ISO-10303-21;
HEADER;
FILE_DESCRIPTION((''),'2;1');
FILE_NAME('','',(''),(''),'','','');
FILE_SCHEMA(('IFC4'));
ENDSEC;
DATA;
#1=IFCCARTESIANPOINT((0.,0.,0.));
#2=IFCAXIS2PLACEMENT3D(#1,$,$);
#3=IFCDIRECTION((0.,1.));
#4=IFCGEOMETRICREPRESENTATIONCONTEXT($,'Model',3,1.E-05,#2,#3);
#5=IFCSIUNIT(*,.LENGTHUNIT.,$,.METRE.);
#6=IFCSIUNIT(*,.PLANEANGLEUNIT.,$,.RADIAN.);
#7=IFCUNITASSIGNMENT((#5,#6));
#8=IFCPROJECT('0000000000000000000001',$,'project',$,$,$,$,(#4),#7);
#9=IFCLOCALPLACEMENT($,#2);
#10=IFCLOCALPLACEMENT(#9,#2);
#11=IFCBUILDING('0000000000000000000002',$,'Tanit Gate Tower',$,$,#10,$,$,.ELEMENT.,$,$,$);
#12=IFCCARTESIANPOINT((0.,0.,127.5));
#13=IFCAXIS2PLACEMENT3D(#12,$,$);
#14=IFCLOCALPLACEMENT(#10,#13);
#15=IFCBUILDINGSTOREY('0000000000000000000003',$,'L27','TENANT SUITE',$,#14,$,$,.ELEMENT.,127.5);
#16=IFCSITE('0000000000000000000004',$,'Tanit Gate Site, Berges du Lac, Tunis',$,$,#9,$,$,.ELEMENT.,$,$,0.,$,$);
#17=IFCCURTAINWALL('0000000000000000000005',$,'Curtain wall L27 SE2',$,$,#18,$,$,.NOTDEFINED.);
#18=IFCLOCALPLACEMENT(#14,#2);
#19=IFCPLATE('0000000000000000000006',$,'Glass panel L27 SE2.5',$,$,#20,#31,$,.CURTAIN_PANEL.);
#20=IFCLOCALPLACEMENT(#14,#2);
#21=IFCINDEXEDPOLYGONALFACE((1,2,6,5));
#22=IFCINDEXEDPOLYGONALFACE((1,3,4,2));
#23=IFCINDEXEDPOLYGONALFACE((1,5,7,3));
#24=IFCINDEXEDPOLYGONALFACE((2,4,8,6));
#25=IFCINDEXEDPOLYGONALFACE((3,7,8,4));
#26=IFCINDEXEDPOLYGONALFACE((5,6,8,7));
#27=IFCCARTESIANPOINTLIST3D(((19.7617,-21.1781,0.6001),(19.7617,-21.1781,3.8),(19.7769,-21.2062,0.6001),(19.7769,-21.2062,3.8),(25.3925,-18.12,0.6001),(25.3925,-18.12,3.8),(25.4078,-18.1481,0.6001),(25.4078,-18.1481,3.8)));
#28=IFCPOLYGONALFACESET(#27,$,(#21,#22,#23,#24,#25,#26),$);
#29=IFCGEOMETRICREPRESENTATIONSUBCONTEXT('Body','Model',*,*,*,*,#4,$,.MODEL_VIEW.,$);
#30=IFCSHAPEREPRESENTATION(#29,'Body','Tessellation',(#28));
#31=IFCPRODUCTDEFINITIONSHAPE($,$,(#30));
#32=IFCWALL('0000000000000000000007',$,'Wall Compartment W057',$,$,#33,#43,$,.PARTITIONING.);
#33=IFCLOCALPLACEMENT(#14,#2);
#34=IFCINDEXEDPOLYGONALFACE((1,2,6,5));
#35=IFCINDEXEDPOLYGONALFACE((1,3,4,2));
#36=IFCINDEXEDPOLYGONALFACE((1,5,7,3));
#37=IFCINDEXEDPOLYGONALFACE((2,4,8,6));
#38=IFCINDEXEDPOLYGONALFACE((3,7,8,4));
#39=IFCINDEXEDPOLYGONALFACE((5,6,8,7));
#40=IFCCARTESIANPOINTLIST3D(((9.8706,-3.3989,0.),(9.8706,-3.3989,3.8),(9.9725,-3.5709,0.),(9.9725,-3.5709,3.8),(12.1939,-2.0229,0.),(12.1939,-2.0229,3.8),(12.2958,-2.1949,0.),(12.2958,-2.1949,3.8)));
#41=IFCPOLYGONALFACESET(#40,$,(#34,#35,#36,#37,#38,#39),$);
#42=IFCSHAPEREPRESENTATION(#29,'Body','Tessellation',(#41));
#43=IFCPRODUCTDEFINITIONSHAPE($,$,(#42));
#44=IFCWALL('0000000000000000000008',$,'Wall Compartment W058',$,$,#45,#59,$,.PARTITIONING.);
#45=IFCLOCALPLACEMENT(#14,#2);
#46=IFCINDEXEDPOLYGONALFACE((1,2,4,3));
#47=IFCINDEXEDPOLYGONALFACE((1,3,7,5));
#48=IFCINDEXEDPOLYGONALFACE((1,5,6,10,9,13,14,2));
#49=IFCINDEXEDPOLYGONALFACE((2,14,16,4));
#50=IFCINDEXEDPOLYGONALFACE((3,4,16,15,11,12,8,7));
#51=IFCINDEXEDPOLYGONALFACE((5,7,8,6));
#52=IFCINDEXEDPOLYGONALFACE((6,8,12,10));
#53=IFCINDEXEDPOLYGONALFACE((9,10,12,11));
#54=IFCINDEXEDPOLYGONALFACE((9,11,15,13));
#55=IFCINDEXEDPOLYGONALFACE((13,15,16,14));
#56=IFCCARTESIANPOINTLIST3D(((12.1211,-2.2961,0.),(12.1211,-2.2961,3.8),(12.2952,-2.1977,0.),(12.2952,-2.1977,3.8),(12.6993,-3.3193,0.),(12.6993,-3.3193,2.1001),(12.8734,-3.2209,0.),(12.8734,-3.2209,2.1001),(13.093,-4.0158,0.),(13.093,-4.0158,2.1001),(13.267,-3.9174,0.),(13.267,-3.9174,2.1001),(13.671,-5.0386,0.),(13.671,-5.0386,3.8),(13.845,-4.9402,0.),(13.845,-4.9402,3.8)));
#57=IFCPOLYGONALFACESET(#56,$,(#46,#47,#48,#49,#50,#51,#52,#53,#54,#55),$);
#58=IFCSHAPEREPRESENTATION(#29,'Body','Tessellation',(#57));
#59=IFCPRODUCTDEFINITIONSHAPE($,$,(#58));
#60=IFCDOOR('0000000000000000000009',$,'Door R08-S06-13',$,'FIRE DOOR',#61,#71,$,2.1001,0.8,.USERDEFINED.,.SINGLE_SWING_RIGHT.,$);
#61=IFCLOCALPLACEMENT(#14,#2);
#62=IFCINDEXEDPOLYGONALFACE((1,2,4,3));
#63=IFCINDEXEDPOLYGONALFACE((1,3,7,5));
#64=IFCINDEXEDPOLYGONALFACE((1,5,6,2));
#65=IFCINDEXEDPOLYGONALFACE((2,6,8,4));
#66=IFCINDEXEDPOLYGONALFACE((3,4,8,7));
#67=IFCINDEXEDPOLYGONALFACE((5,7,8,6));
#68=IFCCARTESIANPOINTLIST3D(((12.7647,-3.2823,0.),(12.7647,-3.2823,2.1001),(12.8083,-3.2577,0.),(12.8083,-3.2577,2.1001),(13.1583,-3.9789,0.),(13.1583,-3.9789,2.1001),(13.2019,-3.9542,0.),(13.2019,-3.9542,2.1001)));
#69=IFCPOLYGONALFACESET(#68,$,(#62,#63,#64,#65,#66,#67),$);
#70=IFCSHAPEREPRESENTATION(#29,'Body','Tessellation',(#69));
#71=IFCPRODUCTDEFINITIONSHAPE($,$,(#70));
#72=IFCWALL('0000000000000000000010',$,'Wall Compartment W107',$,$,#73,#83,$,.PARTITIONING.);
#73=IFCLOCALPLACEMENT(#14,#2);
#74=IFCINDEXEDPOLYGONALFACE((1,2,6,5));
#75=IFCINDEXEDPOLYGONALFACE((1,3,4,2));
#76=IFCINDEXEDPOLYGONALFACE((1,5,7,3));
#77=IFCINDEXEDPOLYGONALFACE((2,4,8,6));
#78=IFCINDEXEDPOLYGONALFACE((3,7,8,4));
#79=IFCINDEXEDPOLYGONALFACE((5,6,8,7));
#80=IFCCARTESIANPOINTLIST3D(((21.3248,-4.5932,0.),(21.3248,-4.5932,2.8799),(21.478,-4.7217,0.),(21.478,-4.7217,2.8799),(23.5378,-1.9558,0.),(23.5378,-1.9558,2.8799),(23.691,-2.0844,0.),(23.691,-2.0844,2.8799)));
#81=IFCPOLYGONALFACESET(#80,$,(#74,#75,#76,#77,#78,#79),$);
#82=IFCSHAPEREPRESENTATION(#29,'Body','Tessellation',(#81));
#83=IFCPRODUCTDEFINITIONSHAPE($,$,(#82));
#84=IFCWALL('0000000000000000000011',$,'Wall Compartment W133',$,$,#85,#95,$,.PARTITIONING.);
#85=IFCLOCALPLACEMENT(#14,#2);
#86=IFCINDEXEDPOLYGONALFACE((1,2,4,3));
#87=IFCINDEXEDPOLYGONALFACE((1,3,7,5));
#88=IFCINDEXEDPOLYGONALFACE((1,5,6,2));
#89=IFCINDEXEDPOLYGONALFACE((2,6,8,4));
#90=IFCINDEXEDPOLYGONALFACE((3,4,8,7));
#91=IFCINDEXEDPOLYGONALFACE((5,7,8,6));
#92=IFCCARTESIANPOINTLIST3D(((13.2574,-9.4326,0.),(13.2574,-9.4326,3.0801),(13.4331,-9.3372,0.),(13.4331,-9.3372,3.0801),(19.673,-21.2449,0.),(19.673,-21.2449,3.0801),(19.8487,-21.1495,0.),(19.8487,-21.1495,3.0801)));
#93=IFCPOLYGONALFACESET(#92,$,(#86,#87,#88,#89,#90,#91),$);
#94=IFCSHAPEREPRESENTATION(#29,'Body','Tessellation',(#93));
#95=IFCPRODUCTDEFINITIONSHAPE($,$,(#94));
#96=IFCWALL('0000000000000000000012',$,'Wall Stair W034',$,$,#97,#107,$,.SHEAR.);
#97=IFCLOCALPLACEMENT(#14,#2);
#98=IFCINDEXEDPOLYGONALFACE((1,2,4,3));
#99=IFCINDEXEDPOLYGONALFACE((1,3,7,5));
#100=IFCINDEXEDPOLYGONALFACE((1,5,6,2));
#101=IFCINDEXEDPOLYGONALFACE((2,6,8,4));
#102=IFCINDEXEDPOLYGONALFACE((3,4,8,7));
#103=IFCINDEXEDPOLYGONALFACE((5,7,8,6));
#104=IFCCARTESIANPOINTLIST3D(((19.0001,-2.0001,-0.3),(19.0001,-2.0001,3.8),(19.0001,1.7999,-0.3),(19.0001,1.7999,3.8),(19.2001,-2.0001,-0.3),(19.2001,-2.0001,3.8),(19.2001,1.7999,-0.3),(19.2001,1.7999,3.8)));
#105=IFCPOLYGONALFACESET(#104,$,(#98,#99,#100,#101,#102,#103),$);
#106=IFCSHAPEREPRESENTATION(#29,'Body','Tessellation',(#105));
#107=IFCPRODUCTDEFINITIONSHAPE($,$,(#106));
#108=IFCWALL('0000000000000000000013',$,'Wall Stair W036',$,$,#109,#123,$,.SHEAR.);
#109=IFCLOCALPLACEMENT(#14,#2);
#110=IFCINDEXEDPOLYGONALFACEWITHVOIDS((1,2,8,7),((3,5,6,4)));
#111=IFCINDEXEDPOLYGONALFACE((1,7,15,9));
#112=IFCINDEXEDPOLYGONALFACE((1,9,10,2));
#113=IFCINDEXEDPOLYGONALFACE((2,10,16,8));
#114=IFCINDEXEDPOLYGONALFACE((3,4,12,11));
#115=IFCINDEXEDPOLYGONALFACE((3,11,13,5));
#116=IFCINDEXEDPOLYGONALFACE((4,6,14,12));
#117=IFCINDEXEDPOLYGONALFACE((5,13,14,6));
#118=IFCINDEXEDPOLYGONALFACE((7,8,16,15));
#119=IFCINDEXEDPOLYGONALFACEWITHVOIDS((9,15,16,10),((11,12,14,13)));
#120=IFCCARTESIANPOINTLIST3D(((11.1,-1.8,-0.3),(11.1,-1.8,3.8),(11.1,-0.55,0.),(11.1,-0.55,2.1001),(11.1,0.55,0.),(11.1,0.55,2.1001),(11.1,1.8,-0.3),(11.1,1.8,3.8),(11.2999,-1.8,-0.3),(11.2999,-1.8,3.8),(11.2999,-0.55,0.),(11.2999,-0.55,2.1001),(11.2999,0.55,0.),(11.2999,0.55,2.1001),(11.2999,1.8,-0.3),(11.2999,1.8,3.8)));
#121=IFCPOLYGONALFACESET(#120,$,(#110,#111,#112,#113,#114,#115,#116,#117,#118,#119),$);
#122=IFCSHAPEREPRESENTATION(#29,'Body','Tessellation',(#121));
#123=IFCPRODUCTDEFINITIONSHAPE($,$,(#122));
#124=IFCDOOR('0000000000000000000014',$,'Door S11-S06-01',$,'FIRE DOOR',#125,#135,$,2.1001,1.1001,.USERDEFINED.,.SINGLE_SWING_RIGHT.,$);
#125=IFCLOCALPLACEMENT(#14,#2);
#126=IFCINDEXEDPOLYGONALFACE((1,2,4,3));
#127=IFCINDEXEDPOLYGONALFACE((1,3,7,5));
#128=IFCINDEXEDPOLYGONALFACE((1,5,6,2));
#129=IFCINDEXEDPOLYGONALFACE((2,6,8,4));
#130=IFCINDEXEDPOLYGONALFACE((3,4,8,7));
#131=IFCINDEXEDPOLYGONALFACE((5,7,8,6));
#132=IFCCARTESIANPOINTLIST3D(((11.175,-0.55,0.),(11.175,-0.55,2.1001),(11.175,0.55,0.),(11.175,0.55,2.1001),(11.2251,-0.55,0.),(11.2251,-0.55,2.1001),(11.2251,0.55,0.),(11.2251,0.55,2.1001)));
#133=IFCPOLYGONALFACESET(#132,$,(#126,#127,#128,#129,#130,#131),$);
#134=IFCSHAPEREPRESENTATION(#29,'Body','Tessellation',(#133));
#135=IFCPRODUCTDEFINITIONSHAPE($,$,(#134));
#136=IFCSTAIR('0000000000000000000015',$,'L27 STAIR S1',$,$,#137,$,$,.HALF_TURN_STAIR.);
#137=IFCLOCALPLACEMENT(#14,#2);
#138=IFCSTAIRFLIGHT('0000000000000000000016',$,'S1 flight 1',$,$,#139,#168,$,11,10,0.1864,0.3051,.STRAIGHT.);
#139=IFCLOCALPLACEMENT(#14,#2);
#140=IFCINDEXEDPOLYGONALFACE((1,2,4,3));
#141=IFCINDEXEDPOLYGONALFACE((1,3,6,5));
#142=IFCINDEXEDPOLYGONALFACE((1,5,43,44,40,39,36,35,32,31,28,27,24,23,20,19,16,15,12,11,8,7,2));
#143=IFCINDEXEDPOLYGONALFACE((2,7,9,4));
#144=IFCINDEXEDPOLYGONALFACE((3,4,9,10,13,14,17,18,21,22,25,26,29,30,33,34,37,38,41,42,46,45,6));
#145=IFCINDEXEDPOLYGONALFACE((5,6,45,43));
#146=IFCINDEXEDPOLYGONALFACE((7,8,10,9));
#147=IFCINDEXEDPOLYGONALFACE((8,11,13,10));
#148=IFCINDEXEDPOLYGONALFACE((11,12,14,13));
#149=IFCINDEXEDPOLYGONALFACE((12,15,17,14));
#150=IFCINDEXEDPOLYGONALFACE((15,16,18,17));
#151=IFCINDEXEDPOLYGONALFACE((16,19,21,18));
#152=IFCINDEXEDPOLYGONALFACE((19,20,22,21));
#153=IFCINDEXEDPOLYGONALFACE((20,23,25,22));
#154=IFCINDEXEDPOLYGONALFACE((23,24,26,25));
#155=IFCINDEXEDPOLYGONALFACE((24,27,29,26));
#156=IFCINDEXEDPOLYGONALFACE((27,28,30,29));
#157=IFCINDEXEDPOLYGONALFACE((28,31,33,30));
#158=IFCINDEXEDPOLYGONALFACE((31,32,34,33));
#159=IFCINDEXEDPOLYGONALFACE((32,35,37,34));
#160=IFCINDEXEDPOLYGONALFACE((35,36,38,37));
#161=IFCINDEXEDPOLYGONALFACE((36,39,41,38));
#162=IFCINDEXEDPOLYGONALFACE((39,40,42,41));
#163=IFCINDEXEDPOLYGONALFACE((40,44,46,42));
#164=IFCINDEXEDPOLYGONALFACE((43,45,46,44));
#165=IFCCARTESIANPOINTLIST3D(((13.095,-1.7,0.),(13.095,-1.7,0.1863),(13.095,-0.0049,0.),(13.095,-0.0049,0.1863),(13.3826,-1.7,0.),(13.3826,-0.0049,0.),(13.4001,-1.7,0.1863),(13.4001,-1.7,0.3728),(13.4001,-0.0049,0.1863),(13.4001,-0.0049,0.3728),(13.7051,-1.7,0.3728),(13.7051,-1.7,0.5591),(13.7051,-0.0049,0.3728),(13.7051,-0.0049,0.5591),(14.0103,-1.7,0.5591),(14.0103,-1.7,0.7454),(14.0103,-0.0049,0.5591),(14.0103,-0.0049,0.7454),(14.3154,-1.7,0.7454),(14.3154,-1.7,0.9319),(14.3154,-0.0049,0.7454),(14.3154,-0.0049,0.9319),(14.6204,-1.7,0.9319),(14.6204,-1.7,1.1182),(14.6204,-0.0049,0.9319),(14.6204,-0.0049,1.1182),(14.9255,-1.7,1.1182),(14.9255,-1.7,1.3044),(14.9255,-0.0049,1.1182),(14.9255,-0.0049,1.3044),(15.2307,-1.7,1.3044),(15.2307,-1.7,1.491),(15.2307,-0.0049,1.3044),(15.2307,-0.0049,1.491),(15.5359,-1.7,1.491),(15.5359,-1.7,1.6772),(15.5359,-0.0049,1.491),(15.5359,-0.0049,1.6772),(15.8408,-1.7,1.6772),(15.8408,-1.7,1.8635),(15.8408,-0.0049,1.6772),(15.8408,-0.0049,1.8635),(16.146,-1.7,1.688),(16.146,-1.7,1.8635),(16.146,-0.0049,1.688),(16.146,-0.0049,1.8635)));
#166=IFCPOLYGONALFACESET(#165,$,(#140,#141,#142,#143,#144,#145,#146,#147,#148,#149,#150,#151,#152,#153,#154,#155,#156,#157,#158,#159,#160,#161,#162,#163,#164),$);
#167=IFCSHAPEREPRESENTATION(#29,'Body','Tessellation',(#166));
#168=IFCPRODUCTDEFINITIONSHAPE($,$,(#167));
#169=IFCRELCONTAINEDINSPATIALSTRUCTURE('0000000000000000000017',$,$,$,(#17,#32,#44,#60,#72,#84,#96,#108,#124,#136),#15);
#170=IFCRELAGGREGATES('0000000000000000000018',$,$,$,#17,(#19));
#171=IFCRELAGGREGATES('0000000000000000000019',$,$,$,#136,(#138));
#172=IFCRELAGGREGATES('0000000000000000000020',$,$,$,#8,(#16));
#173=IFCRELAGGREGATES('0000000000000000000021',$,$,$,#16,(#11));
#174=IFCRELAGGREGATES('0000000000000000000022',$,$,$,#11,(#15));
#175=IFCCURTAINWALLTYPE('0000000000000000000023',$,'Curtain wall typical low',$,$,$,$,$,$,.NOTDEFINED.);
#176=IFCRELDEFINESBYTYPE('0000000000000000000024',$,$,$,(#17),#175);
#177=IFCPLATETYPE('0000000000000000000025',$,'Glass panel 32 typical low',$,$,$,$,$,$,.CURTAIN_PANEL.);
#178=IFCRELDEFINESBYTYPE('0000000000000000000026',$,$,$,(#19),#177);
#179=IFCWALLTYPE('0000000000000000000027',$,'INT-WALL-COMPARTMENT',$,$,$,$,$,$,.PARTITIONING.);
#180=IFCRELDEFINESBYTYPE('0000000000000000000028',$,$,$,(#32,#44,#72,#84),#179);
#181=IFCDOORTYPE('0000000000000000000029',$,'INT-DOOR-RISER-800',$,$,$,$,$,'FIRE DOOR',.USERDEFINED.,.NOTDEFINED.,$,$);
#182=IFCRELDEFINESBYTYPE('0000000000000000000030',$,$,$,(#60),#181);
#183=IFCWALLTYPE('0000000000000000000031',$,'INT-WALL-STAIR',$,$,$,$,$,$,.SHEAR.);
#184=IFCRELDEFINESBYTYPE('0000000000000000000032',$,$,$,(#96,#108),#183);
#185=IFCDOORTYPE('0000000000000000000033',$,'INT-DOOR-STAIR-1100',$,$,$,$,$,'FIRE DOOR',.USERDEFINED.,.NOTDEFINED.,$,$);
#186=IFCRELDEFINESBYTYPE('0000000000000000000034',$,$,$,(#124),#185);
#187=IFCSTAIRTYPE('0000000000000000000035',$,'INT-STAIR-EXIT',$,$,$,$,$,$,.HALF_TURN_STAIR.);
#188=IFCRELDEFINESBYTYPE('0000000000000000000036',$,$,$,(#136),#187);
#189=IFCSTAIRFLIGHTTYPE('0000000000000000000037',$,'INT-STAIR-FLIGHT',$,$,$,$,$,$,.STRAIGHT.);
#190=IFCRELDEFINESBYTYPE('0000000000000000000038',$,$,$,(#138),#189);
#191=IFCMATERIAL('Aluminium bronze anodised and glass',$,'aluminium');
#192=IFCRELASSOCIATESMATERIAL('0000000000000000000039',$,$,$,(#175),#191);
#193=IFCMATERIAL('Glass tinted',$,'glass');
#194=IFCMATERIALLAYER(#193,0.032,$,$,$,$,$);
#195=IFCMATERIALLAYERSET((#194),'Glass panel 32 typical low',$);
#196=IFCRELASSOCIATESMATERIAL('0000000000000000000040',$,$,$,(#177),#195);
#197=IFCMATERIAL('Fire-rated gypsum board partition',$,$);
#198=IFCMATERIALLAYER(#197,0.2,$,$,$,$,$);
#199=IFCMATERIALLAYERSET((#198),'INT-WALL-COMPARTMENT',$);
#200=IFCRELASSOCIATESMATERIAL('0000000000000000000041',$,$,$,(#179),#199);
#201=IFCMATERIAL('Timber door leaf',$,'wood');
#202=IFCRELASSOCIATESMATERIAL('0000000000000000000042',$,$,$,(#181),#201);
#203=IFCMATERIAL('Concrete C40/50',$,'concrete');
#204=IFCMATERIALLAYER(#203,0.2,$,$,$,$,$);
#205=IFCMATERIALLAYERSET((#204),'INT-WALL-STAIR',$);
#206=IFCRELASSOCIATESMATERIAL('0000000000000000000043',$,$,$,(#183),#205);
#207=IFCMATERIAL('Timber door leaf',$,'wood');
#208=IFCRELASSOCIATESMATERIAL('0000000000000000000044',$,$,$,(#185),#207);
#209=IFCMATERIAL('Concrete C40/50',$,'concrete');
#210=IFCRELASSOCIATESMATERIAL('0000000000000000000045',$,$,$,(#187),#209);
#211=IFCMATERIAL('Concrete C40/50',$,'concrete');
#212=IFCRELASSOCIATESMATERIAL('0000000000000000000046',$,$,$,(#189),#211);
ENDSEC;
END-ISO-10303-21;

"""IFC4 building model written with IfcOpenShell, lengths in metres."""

from ifc_helpers import new_model, si_unit, direction, frame, frame_2d, origin, origin_2d, place, context, subcontext, project, spatial, polyline, rectangle, outline, extrude, material, layer, layer_set, type_object, element, fill, aggregate, save


model = new_model("IFC4")

# Units and contexts
model_context = context("Model", 3, precision=1e-05, world=origin(), true_north=direction((0.0, 1.0)))
body_context = subcontext(model_context, "Body", "Model", "MODEL_VIEW")
ifc_project = project(units=[si_unit("LENGTHUNIT", "METRE"), si_unit("PLANEANGLEUNIT", "RADIAN")], contexts=[model_context])

# Site, building, storey
site_placement = place(None, origin())
site = spatial("IfcSite", under=ifc_project, at=site_placement, Name="Tanit Gate Site, Berges du Lac, Tunis", CompositionType="ELEMENT", RefElevation=0.0)
building_placement = place(site_placement, origin())
building = spatial("IfcBuilding", under=site, at=building_placement, Name="Tanit Gate Tower", CompositionType="ELEMENT")
storey_placement = place(building_placement, frame((0.0, 0.0, 127.5)))
storey = spatial("IfcBuildingStorey", under=building, at=storey_placement, Name="L27", Description="TENANT SUITE", CompositionType="ELEMENT", Elevation=127.5)

# Curtain wall
ifc_material_1 = material(Name="Aluminium bronze anodised and glass", Category="aluminium")
curtain_wall_type = type_object("IfcCurtainWallType", Name="Curtain wall typical low", PredefinedType="NOTDEFINED", material=ifc_material_1)
curtain_wall_placement = place(storey_placement, origin())
curtain_wall = element("IfcCurtainWall", 1, at=curtain_wall_placement, inside=storey, type_object=curtain_wall_type, Name="Curtain wall L27 SE2", PredefinedType="NOTDEFINED")

# Plate
ifc_material_2 = material(Name="Glass tinted", Category="glass")
ifc_layer_1 = layer(ifc_material_2, 0.032)
ifc_layer_set_1 = layer_set([ifc_layer_1], Name="Glass panel 32 typical low")
plate_type = type_object("IfcPlateType", Name="Glass panel 32 typical low", PredefinedType="CURTAIN_PANEL", material=ifc_layer_set_1)
plate_1_placement = place(storey_placement, frame((22.5847, -19.6631, 0.6001), z_axis=(0.0, 0.0, 1.0), x_axis=(0.878762, 0.477259, 0.0)))
plate_1 = element("IfcPlate", 2, at=plate_1_placement, type_object=plate_type, Name="Glass panel L27 SE2.5", PredefinedType="CURTAIN_PANEL", context=body_context, shape_type="SweptSolid", body=[
    extrude(rectangle(XDim=6.4077, YDim=0.032, at=origin_2d()), origin(), (0.0, 0.0, 1.0), 3.2),
])
aggregate(curtain_wall, [plate_1])

# Wall
ifc_material_3 = material(Name="Fire-rated gypsum board partition")
ifc_layer_2 = layer(ifc_material_3, 0.2)
ifc_layer_set_2 = layer_set([ifc_layer_2], Name="INT-WALL-COMPARTMENT")
wall_type_1 = type_object("IfcWallType", Name="INT-WALL-COMPARTMENT", PredefinedType="PARTITIONING", material=ifc_layer_set_2)
wall_1_placement = place(storey_placement, frame((12.2449, -2.1089, 0.0), z_axis=(0.0, 0.0, 1.0), x_axis=(-0.860415, -0.509594, 0.0)))
element("IfcWall", 3, at=wall_1_placement, inside=storey, type_object=wall_type_1, Name="Wall Compartment W057", PredefinedType="PARTITIONING", context=body_context, shape_type="SweptSolid", body=[
    extrude(rectangle(XDim=2.7002, YDim=0.2, at=frame_2d((1.3501, 0.0))), origin(), (0.0, 0.0, 1.0), 3.8),
])

# Wall, opening, door
wall_2_placement = place(storey_placement, frame((13.7581, -4.9895, 0.0), z_axis=(0.0, 0.0, 1.0), x_axis=(-0.491993, 0.870599, 0.0)))
wall_2 = element("IfcWall", 4, at=wall_2_placement, inside=storey, type_object=wall_type_1, Name="Wall Compartment W058", PredefinedType="PARTITIONING", context=body_context, shape_type="SweptSolid", body=[
    extrude(rectangle(XDim=3.1501, YDim=0.2, at=frame_2d((1.5752, 0.0))), origin(), (0.0, 0.0, 1.0), 3.8),
])
opening_1_placement = place(wall_2_placement, frame((1.175, 0.0, 0.0)))
opening_1 = element("IfcOpeningElement", 5, at=opening_1_placement, cuts=wall_2, PredefinedType="OPENING", context=body_context, shape_type="SweptSolid", body=[
    extrude(rectangle(XDim=0.8, YDim=2.1001, at=frame_2d((0.3999, 1.05))), frame((0.0, 0.1099, 0.0), z_axis=(0.0, -1.0, 0.0), x_axis=(1.0, 0.0, 0.0)), (0.0, 0.0, 1.0), 0.22),
])
ifc_material_4 = material(Name="Timber door leaf", Category="wood")
door_type_1 = type_object("IfcDoorType", Name="INT-DOOR-RISER-800", ElementType="FIRE DOOR", OperationType="NOTDEFINED", PredefinedType="USERDEFINED", material=ifc_material_4)
door_1_placement = place(opening_1_placement, origin())
door_1 = element("IfcDoor", 6, at=door_1_placement, inside=storey, type_object=door_type_1, Name="Door R08-S06-13", ObjectType="FIRE DOOR", OperationType="SINGLE_SWING_RIGHT", OverallHeight=2.1001, OverallWidth=0.8, PredefinedType="USERDEFINED", context=body_context, shape_type="SweptSolid", body=[
    extrude(rectangle(XDim=0.8, YDim=2.1001, at=frame_2d((0.3999, 1.05))), frame((0.0, 0.0249, 0.0), z_axis=(0.0, -1.0, 0.0), x_axis=(1.0, 0.0, 0.0)), (0.0, 0.0, 1.0), 0.05),
])
fill(opening_1, door_1)

# Walls
wall_3_placement = place(storey_placement, frame((21.4014, -4.6575, 0.0), z_axis=(0.0, 0.0, 1.0), x_axis=(0.642796, 0.766037, 0.0)))
element("IfcWall", 7, at=wall_3_placement, inside=storey, type_object=wall_type_1, Name="Wall Compartment W107", PredefinedType="PARTITIONING", context=body_context, shape_type="SweptSolid", body=[
    extrude(rectangle(XDim=3.4429, YDim=0.2, at=frame_2d((1.7214, 0.0))), origin(), (0.0, 0.0, 1.0), 2.8799),
])
wall_4_placement = place(storey_placement, frame((13.3452, -9.3848, 0.0), z_axis=(0.0, 0.0, 1.0), x_axis=(0.477273, -0.878755, 0.0)))
element("IfcWall", 8, at=wall_4_placement, inside=storey, type_object=wall_type_1, Name="Wall Compartment W133", PredefinedType="PARTITIONING", context=body_context, shape_type="SweptSolid", body=[
    extrude(rectangle(XDim=13.4421, YDim=0.2, at=frame_2d((6.7212, 0.0))), origin(), (0.0, 0.0, 1.0), 3.0801),
])
ifc_material_5 = material(Name="Concrete C40/50", Category="concrete")
ifc_layer_3 = layer(ifc_material_5, 0.2)
ifc_layer_set_3 = layer_set([ifc_layer_3], Name="INT-WALL-STAIR")
wall_type_2 = type_object("IfcWallType", Name="INT-WALL-STAIR", PredefinedType="SHEAR", material=ifc_layer_set_3)
wall_5_placement = place(storey_placement, frame((19.1001, -2.0, -0.3), z_axis=(0.0, 0.0, 1.0), x_axis=(0.0, 1.0, 0.0)))
element("IfcWall", 9, at=wall_5_placement, inside=storey, type_object=wall_type_2, Name="Wall Stair W034", PredefinedType="SHEAR", context=body_context, shape_type="SweptSolid", body=[
    extrude(rectangle(XDim=3.8, YDim=0.2, at=frame_2d((1.8999, 0.0))), origin(), (0.0, 0.0, 1.0), 4.1001),
])

# Wall, opening, door
wall_6_placement = place(storey_placement, frame((11.2, -1.8, -0.3), z_axis=(0.0, 0.0, 1.0), x_axis=(0.0, 1.0, 0.0)))
wall_6 = element("IfcWall", 10, at=wall_6_placement, inside=storey, type_object=wall_type_2, Name="Wall Stair W036", PredefinedType="SHEAR", context=body_context, shape_type="SweptSolid", body=[
    extrude(rectangle(XDim=3.6001, YDim=0.2, at=frame_2d((1.8, 0.0))), origin(), (0.0, 0.0, 1.0), 4.1001),
])
opening_2_placement = place(wall_6_placement, frame((1.25, 0.0, 0.3)))
opening_2 = element("IfcOpeningElement", 11, at=opening_2_placement, cuts=wall_6, PredefinedType="OPENING", context=body_context, shape_type="SweptSolid", body=[
    extrude(rectangle(XDim=1.1001, YDim=2.1001, at=frame_2d((0.55, 1.05))), frame((0.0, 0.1099, 0.0), z_axis=(0.0, -1.0, 0.0), x_axis=(1.0, 0.0, 0.0)), (0.0, 0.0, 1.0), 0.22),
])
ifc_material_6 = material(Name="Timber door leaf", Category="wood")
door_type_2 = type_object("IfcDoorType", Name="INT-DOOR-STAIR-1100", ElementType="FIRE DOOR", OperationType="NOTDEFINED", PredefinedType="USERDEFINED", material=ifc_material_6)
door_2_placement = place(opening_2_placement, origin())
door_2 = element("IfcDoor", 12, at=door_2_placement, inside=storey, type_object=door_type_2, Name="Door S11-S06-01", ObjectType="FIRE DOOR", OperationType="SINGLE_SWING_RIGHT", OverallHeight=2.1001, OverallWidth=1.1001, PredefinedType="USERDEFINED", context=body_context, shape_type="SweptSolid", body=[
    extrude(rectangle(XDim=1.1001, YDim=2.1001, at=frame_2d((0.55, 1.05))), frame((0.0, 0.0249, 0.0), z_axis=(0.0, -1.0, 0.0), x_axis=(1.0, 0.0, 0.0)), (0.0, 0.0, 1.0), 0.05),
])
fill(opening_2, door_2)

# Stair, stair flight
ifc_material_7 = material(Name="Concrete C40/50", Category="concrete")
stair_type = type_object("IfcStairType", Name="INT-STAIR-EXIT", PredefinedType="HALF_TURN_STAIR", material=ifc_material_7)
stair_placement = place(storey_placement, origin())
stair = element("IfcStair", 13, at=stair_placement, inside=storey, type_object=stair_type, Name="L27 STAIR S1", PredefinedType="HALF_TURN_STAIR")
ifc_material_8 = material(Name="Concrete C40/50", Category="concrete")
stair_flight_type = type_object("IfcStairFlightType", Name="INT-STAIR-FLIGHT", PredefinedType="STRAIGHT", material=ifc_material_8)
stair_flight_placement = place(storey_placement, frame((13.095, -0.8525, 0.0), z_axis=(0.0, 0.0, 1.0), x_axis=(1.0, 0.0, 0.0)))
stair_flight = element("IfcStairFlight", 14, at=stair_flight_placement, type_object=stair_flight_type, Name="S1 flight 1", NumberOfRisers=11, NumberOfTreads=10, PredefinedType="STRAIGHT", RiserHeight=0.1864, TreadLength=0.3051, context=body_context, shape_type="SweptSolid", body=[
    extrude(outline(polyline([(0.0, 0.0), (0.0, 0.1863), (0.3052, 0.1863), (0.3052, 0.3728), (0.6101, 0.3728), (0.6101, 0.5591), (0.9153, 0.5591), (0.9153, 0.7454), (1.2205, 0.7454), (1.2205, 0.9319), (1.5254, 0.9319), (1.5254, 1.1182), (1.8306, 1.1182), (1.8306, 1.3044), (2.1357, 1.3044), (2.1357, 1.491), (2.4409, 1.491), (2.4409, 1.6772), (2.7458, 1.6772), (2.7458, 1.8635), (3.051, 1.8635), (3.051, 2.05), (3.051, 1.688), (0.2876, 0.0), (0.0, 0.0)])), frame((0.0, 0.8477, 0.0), z_axis=(0.0, -1.0, 0.0), x_axis=(1.0, 0.0, 0.0)), (0.0, 0.0, 1.0), 1.6951),
])
aggregate(stair, [stair_flight])

save(model, "model.ifc")
